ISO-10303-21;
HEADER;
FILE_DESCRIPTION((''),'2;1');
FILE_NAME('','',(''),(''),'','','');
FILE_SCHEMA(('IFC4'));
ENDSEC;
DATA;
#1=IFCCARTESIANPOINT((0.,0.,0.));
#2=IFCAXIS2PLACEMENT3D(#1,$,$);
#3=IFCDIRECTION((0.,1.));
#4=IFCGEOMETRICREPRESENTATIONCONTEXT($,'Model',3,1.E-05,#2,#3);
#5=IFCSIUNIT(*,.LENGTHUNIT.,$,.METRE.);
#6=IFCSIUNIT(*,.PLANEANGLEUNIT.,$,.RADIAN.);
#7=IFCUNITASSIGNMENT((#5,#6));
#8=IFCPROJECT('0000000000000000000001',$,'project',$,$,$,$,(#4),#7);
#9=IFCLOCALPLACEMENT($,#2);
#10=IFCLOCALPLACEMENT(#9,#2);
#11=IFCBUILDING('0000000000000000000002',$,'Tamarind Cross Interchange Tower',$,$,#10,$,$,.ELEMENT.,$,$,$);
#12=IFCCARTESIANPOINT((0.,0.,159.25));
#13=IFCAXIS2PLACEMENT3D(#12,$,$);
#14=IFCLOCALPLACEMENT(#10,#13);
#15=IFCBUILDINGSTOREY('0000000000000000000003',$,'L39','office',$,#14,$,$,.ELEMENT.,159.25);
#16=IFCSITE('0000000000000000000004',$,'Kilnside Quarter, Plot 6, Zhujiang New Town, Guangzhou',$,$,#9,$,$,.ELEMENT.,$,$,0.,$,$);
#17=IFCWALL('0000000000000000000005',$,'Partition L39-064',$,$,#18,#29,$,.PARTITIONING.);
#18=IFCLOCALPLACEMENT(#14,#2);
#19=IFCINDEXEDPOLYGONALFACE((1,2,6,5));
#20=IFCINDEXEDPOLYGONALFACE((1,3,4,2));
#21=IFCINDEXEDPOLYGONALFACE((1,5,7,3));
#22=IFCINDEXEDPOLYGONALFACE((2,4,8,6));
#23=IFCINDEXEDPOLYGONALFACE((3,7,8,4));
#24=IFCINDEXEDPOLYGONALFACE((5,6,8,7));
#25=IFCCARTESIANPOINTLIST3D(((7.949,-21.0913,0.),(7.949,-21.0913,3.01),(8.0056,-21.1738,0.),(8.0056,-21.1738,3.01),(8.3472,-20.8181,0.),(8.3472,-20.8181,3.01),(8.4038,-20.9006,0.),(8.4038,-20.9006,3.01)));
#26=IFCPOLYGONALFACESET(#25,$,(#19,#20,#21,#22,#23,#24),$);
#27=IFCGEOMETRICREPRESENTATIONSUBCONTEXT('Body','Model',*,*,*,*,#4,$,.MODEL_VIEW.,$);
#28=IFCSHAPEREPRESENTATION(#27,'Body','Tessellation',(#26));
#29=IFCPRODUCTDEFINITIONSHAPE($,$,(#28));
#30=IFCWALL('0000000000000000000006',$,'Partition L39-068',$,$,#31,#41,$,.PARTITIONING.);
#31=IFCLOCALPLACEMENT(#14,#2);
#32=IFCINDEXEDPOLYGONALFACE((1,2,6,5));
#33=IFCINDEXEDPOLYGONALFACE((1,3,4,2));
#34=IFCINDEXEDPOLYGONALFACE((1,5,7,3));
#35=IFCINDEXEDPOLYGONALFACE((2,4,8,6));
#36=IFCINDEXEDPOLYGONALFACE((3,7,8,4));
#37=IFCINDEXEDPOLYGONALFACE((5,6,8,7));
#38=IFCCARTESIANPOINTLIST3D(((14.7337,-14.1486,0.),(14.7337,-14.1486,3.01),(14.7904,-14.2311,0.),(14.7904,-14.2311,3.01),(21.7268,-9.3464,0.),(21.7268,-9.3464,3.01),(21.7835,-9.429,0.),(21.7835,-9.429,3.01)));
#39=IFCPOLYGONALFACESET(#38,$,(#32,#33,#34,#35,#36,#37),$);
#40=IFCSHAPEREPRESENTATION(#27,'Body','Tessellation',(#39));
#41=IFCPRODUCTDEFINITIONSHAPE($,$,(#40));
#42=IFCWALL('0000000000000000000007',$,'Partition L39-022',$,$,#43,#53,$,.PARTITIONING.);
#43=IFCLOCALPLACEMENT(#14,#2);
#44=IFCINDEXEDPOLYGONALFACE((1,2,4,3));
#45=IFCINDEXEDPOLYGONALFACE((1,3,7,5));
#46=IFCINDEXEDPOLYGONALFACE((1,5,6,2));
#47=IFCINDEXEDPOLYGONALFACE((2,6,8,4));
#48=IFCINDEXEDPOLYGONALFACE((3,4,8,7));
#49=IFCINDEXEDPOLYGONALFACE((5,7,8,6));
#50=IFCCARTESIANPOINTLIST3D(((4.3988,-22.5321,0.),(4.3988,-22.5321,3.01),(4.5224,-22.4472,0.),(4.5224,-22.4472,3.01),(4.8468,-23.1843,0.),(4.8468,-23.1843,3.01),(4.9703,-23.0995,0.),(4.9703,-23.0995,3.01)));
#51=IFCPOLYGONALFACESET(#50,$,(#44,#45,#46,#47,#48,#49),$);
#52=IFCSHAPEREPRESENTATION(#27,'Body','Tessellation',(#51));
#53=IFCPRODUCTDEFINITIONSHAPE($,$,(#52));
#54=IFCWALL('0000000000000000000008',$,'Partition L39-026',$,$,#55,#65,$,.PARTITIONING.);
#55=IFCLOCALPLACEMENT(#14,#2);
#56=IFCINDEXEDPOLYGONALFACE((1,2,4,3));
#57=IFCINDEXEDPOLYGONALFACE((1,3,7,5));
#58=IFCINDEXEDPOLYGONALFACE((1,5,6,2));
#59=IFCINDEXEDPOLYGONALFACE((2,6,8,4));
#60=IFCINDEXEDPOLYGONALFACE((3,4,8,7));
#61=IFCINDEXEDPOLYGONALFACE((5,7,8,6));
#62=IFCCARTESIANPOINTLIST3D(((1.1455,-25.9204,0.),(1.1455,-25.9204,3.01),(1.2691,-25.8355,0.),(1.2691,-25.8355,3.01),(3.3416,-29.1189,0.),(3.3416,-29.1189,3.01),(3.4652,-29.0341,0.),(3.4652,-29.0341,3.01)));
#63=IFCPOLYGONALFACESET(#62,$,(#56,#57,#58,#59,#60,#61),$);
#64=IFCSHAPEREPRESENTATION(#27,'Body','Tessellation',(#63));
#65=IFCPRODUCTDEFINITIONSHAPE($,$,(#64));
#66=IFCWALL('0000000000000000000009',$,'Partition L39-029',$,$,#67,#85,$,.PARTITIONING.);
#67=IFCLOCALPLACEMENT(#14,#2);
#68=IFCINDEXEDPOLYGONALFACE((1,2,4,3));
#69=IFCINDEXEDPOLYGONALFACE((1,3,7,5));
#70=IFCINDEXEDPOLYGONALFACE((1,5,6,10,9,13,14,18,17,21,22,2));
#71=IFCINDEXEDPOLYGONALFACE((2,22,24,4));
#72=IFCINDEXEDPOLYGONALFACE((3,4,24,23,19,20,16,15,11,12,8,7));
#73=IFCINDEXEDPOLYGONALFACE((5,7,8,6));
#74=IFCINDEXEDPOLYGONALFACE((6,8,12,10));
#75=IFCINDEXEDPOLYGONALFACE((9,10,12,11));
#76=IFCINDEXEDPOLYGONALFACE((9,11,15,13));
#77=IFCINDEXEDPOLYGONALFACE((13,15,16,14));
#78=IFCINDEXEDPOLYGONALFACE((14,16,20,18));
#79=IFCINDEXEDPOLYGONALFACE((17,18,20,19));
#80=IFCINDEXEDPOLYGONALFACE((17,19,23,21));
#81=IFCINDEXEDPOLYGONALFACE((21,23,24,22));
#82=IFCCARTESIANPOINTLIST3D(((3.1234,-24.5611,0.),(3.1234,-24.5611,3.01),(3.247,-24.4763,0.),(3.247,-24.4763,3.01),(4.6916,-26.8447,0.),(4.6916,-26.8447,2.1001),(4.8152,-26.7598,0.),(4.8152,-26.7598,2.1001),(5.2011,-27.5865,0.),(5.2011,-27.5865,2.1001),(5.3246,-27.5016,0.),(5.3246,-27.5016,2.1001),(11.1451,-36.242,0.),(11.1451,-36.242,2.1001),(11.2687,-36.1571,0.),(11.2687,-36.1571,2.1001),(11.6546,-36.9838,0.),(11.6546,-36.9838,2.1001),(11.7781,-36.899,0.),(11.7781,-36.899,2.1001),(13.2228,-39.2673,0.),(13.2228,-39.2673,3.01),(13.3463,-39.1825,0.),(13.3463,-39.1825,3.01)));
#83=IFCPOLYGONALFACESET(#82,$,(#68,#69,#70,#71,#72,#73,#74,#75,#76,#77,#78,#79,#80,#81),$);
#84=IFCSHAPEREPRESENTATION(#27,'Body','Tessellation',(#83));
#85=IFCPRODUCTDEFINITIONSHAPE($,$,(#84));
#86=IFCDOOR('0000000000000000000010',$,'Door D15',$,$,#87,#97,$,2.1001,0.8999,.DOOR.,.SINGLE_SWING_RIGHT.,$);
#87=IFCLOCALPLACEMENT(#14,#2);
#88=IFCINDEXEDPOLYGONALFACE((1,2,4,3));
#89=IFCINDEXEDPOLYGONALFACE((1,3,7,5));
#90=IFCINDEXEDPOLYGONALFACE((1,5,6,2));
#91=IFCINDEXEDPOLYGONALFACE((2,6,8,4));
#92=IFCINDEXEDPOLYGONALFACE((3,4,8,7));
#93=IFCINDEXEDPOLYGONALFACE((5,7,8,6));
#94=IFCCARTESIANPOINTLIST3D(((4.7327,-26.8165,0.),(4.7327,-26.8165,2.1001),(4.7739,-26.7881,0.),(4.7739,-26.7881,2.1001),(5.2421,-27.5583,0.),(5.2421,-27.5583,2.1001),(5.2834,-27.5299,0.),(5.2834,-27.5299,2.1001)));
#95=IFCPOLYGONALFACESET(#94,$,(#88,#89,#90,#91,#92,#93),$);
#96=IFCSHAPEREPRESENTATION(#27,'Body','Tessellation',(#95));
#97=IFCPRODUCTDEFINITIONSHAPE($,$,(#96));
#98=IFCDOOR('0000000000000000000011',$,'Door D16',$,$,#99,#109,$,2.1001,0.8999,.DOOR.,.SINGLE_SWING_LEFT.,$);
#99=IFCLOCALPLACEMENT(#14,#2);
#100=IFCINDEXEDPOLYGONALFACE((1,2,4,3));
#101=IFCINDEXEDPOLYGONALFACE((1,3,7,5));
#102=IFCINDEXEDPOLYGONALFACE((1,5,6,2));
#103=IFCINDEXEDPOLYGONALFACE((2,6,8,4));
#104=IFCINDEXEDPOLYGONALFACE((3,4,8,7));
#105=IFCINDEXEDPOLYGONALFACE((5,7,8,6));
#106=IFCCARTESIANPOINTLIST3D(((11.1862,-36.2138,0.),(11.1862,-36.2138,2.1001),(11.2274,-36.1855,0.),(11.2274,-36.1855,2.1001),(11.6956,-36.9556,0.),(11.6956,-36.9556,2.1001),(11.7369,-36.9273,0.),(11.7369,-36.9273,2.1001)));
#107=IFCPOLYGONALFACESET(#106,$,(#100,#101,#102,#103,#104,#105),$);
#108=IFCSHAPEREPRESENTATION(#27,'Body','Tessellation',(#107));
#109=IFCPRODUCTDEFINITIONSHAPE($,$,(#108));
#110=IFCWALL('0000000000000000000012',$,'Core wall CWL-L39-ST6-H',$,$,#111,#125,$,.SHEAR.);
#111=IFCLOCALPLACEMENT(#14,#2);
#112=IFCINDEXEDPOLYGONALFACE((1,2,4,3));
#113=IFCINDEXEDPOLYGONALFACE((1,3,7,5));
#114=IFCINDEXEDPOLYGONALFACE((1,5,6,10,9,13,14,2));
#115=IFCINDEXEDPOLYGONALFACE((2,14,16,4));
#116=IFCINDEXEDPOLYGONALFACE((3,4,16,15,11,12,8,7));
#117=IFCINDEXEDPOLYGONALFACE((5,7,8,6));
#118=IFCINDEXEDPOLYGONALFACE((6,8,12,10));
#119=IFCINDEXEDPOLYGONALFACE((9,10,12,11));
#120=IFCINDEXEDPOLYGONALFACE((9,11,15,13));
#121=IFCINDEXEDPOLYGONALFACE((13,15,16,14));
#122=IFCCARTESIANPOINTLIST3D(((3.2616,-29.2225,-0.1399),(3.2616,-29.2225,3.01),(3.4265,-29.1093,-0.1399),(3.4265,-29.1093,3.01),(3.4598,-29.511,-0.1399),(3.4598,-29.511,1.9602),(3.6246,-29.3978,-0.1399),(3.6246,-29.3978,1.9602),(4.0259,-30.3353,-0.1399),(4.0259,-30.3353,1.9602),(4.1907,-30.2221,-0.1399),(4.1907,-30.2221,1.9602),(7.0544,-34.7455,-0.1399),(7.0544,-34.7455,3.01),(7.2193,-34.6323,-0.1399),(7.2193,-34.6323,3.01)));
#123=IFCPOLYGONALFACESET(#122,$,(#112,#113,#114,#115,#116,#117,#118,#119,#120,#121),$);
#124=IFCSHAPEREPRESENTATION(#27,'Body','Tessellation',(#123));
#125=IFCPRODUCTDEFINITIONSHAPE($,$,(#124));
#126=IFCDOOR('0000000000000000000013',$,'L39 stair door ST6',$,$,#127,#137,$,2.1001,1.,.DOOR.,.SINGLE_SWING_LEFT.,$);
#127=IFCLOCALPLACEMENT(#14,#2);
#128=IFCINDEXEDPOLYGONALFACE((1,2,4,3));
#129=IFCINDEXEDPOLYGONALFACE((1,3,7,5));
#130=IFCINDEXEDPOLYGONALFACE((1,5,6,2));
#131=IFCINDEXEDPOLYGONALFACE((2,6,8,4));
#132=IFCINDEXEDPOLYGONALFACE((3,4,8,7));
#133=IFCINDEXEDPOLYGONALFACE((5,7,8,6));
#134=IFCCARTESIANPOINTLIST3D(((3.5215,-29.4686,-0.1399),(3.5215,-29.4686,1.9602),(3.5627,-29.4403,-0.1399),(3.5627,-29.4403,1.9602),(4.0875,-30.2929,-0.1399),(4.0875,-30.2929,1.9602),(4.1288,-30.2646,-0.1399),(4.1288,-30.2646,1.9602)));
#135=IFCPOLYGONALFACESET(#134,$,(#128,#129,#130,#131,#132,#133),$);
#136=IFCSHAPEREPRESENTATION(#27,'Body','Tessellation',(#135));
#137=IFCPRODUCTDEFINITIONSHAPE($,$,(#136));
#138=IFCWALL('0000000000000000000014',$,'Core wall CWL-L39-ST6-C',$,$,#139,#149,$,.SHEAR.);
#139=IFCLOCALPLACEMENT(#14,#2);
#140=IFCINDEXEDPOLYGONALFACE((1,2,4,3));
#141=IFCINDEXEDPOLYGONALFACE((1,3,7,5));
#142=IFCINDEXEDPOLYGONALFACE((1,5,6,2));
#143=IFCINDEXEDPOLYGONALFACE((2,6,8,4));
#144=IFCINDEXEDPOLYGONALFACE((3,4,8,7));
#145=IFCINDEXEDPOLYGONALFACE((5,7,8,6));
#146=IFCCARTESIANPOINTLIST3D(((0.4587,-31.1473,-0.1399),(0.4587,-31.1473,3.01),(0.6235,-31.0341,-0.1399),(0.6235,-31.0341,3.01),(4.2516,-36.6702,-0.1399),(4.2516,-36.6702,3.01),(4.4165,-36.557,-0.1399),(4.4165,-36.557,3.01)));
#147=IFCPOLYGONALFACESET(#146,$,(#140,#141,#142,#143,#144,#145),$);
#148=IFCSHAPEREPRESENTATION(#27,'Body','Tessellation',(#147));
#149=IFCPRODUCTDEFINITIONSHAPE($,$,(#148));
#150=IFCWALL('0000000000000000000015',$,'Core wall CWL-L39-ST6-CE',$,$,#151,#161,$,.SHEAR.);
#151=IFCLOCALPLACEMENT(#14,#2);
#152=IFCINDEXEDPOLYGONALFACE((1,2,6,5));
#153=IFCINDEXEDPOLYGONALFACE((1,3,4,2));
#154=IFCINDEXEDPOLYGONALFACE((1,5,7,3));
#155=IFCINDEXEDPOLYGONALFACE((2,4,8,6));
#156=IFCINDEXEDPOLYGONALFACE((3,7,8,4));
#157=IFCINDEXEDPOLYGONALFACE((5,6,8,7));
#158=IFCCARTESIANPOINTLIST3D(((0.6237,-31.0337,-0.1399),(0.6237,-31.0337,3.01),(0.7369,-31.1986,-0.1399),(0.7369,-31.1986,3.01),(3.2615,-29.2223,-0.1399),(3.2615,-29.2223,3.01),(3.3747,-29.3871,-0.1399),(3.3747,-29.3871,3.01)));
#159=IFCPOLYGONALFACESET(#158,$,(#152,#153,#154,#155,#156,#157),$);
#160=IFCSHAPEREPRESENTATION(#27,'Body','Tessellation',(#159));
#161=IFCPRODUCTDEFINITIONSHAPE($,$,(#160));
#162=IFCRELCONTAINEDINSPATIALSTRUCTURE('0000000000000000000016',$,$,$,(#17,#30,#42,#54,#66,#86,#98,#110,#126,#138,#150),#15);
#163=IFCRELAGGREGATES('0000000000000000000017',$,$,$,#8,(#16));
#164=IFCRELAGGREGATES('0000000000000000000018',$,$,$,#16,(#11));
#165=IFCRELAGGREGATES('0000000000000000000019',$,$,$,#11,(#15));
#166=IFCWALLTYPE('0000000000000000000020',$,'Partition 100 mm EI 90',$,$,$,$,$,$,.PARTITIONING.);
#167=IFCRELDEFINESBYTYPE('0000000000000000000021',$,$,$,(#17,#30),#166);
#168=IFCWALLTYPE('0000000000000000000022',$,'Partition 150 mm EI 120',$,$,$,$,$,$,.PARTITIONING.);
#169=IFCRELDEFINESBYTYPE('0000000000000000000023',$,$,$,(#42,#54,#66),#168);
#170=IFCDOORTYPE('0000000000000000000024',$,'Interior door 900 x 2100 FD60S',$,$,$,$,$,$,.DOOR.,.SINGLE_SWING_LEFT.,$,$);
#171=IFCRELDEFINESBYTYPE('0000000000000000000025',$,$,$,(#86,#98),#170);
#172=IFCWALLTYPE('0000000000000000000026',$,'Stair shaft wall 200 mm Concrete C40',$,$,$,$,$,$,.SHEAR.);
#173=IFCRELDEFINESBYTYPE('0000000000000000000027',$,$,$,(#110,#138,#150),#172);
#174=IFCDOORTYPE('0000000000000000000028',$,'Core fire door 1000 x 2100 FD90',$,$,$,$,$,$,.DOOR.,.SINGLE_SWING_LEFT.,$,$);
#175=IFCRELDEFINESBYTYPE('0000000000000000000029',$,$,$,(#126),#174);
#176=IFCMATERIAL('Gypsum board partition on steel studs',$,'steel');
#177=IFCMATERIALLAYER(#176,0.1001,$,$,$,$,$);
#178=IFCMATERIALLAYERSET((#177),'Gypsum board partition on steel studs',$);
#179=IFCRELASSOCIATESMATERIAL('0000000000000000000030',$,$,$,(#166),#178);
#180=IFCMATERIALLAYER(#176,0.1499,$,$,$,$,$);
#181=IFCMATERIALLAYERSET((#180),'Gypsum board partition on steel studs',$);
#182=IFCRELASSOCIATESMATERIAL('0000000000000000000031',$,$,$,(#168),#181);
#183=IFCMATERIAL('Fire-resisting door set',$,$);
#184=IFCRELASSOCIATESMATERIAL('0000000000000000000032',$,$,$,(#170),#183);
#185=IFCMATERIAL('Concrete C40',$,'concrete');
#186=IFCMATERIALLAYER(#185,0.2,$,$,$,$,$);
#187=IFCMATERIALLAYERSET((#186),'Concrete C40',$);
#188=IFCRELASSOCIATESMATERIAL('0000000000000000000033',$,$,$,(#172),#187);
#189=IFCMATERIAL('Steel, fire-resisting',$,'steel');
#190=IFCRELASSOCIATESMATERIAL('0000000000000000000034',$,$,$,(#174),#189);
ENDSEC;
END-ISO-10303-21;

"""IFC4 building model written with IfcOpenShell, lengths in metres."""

from ifc_helpers import new_model, si_unit, direction, frame, frame_2d, origin, place, context, subcontext, project, spatial, rectangle, extrude, material, layer, layer_set, type_object, element, fill, save


model = new_model("IFC4")

# Units and contexts
model_context = context("Model", 3, precision=1e-05, world=origin(), true_north=direction((0.0, 1.0)))
body_context = subcontext(model_context, "Body", "Model", "MODEL_VIEW")
ifc_project = project(units=[si_unit("LENGTHUNIT", "METRE"), si_unit("PLANEANGLEUNIT", "RADIAN")], contexts=[model_context])

# Site, building, storey
site_placement = place(None, origin())
site = spatial("IfcSite", under=ifc_project, at=site_placement, Name="Kilnside Quarter, Plot 6, Zhujiang New Town, Guangzhou", CompositionType="ELEMENT", RefElevation=0.0)
building_placement = place(site_placement, origin())
building = spatial("IfcBuilding", under=site, at=building_placement, Name="Tamarind Cross Interchange Tower", CompositionType="ELEMENT")
storey_placement = place(building_placement, frame((0.0, 0.0, 159.25)))
storey = spatial("IfcBuildingStorey", under=building, at=storey_placement, Name="L39", Description="office", CompositionType="ELEMENT", Elevation=159.25)

# Walls
ifc_material_1 = material(Name="Gypsum board partition on steel studs", Category="steel")
ifc_layer_1 = layer(ifc_material_1, 0.1001)
ifc_layer_set_1 = layer_set([ifc_layer_1], Name="Gypsum board partition on steel studs")
wall_type_1 = type_object("IfcWallType", Name="Partition 100 mm EI 90", PredefinedType="PARTITIONING", material=ifc_layer_set_1)
wall_1_placement = place(storey_placement, frame((7.9773, -21.1326, 0.0), z_axis=(0.0, 0.0, 1.0), x_axis=(0.824587, 0.565735, 0.0)))
element("IfcWall", 1, at=wall_1_placement, inside=storey, type_object=wall_type_1, Name="Partition L39-064", PredefinedType="PARTITIONING", context=body_context, shape_type="SweptSolid", body=[
    extrude(rectangle(XDim=0.4829, YDim=0.1001, at=frame_2d((0.2415, 0.0))), origin(), (0.0, 0.0, 1.0), 3.01),
])
wall_2_placement = place(storey_placement, frame((14.762, -14.1899, 0.0), z_axis=(0.0, 0.0, 1.0), x_axis=(0.824347, 0.566084, 0.0)))
element("IfcWall", 2, at=wall_2_placement, inside=storey, type_object=wall_type_1, Name="Partition L39-068", PredefinedType="PARTITIONING", context=body_context, shape_type="SweptSolid", body=[
    extrude(rectangle(XDim=8.4832, YDim=0.1001, at=frame_2d((4.2417, 0.0))), origin(), (0.0, 0.0, 1.0), 3.01),
])
ifc_layer_2 = layer(ifc_material_1, 0.1499)
ifc_layer_set_2 = layer_set([ifc_layer_2], Name="Gypsum board partition on steel studs")
wall_type_2 = type_object("IfcWallType", Name="Partition 150 mm EI 120", PredefinedType="PARTITIONING", material=ifc_layer_set_2)
wall_3_placement = place(storey_placement, frame((4.4607, -22.4897, 0.0), z_axis=(0.0, 0.0, 1.0), x_axis=(0.56611, -0.82433, 0.0)))
element("IfcWall", 3, at=wall_3_placement, inside=storey, type_object=wall_type_2, Name="Partition L39-022", PredefinedType="PARTITIONING", context=body_context, shape_type="SweptSolid", body=[
    extrude(rectangle(XDim=0.7913, YDim=0.1499, at=frame_2d((0.3955, 0.0))), origin(), (0.0, 0.0, 1.0), 3.01),
])
wall_4_placement = place(storey_placement, frame((1.2073, -25.8779, 0.0), z_axis=(0.0, 0.0, 1.0), x_axis=(0.566019, -0.824392, 0.0)))
element("IfcWall", 4, at=wall_4_placement, inside=storey, type_object=wall_type_2, Name="Partition L39-026", PredefinedType="PARTITIONING", context=body_context, shape_type="SweptSolid", body=[
    extrude(rectangle(XDim=3.8799, YDim=0.1499, at=frame_2d((1.9399, 0.0))), origin(), (0.0, 0.0, 1.0), 3.01),
])

# Wall, openings, doors
wall_5_placement = place(storey_placement, frame((3.1853, -24.5188, 0.0), z_axis=(0.0, 0.0, 1.0), x_axis=(0.566102, -0.824335, 0.0)))
wall_5 = element("IfcWall", 5, at=wall_5_placement, inside=storey, type_object=wall_type_2, Name="Partition L39-029", PredefinedType="PARTITIONING", context=body_context, shape_type="SweptSolid", body=[
    extrude(rectangle(XDim=17.8401, YDim=0.1499, at=frame_2d((8.9199, 0.0))), origin(), (0.0, 0.0, 1.0), 3.01),
])
opening_1_placement = place(wall_5_placement, frame((2.77, 0.0, 0.0)))
opening_1 = element("IfcOpeningElement", 6, at=opening_1_placement, cuts=wall_5, PredefinedType="OPENING", context=body_context, shape_type="SweptSolid", body=[
    extrude(rectangle(XDim=0.8999, YDim=2.1001, at=frame_2d((0.45, 1.05))), frame((0.0, 0.085, 0.0), z_axis=(0.0, -1.0, 0.0), x_axis=(1.0, 0.0, 0.0)), (0.0, 0.0, 1.0), 0.1699),
])
opening_2_placement = place(wall_5_placement, frame((14.1699, 0.0, 0.0)))
opening_2 = element("IfcOpeningElement", 7, at=opening_2_placement, cuts=wall_5, PredefinedType="OPENING", context=body_context, shape_type="SweptSolid", body=[
    extrude(rectangle(XDim=0.8999, YDim=2.1001, at=frame_2d((0.45, 1.05))), frame((0.0, 0.085, 0.0), z_axis=(0.0, -1.0, 0.0), x_axis=(1.0, 0.0, 0.0)), (0.0, 0.0, 1.0), 0.1699),
])
ifc_material_2 = material(Name="Fire-resisting door set")
door_type_1 = type_object("IfcDoorType", Name="Interior door 900 x 2100 FD60S", OperationType="SINGLE_SWING_LEFT", PredefinedType="DOOR", material=ifc_material_2)
door_1_placement = place(opening_1_placement, origin())
door_1 = element("IfcDoor", 8, at=door_1_placement, inside=storey, type_object=door_type_1, Name="Door D15", OperationType="SINGLE_SWING_RIGHT", OverallHeight=2.1001, OverallWidth=0.8999, PredefinedType="DOOR", context=body_context, shape_type="SweptSolid", body=[
    extrude(rectangle(XDim=0.8999, YDim=2.1001, at=frame_2d((0.45, 1.05))), frame((0.0, 0.0249, 0.0), z_axis=(0.0, -1.0, 0.0), x_axis=(1.0, 0.0, 0.0)), (0.0, 0.0, 1.0), 0.05),
])
fill(opening_1, door_1)
door_2_placement = place(opening_2_placement, origin())
door_2 = element("IfcDoor", 9, at=door_2_placement, inside=storey, type_object=door_type_1, Name="Door D16", OperationType="SINGLE_SWING_LEFT", OverallHeight=2.1001, OverallWidth=0.8999, PredefinedType="DOOR", context=body_context, shape_type="SweptSolid", body=[
    extrude(rectangle(XDim=0.8999, YDim=2.1001, at=frame_2d((0.45, 1.05))), frame((0.0, 0.0249, 0.0), z_axis=(0.0, -1.0, 0.0), x_axis=(1.0, 0.0, 0.0)), (0.0, 0.0, 1.0), 0.05),
])
fill(opening_2, door_2)

# Wall, opening, door
ifc_material_3 = material(Name="Concrete C40", Category="concrete")
ifc_layer_3 = layer(ifc_material_3, 0.2)
ifc_layer_set_3 = layer_set([ifc_layer_3], Name="Concrete C40")
wall_type_3 = type_object("IfcWallType", Name="Stair shaft wall 200 mm Concrete C40", PredefinedType="SHEAR", material=ifc_layer_set_3)
wall_6_placement = place(storey_placement, frame((3.344, -29.1658, -0.1399), z_axis=(0.0, 0.0, 1.0), x_axis=(0.566093, -0.824342, 0.0)))
wall_6 = element("IfcWall", 10, at=wall_6_placement, inside=storey, type_object=wall_type_3, Name="Core wall CWL-L39-ST6-H", PredefinedType="SHEAR", context=body_context, shape_type="SweptSolid", body=[
    extrude(rectangle(XDim=6.7, YDim=0.2, at=frame_2d((3.3501, 0.0))), origin(), (0.0, 0.0, 1.0), 3.1499),
])
opening_3_placement = place(wall_6_placement, frame((0.3501, 0.0, 0.0)))
opening_3 = element("IfcOpeningElement", 11, at=opening_3_placement, cuts=wall_6, PredefinedType="OPENING", context=body_context, shape_type="SweptSolid", body=[
    extrude(rectangle(XDim=1.0, YDim=2.1001, at=frame_2d((0.5, 1.05))), frame((0.0, 0.1099, 0.0), z_axis=(0.0, -1.0, 0.0), x_axis=(1.0, 0.0, 0.0)), (0.0, 0.0, 1.0), 0.22),
])
ifc_material_4 = material(Name="Steel, fire-resisting", Category="steel")
door_type_2 = type_object("IfcDoorType", Name="Core fire door 1000 x 2100 FD90", OperationType="SINGLE_SWING_LEFT", PredefinedType="DOOR", material=ifc_material_4)
door_3_placement = place(opening_3_placement, origin())
door_3 = element("IfcDoor", 12, at=door_3_placement, inside=storey, type_object=door_type_2, Name="L39 stair door ST6", OperationType="SINGLE_SWING_LEFT", OverallHeight=2.1001, OverallWidth=1.0, PredefinedType="DOOR", context=body_context, shape_type="SweptSolid", body=[
    extrude(rectangle(XDim=1.0, YDim=2.1001, at=frame_2d((0.5, 1.05))), frame((0.0, 0.0249, 0.0), z_axis=(0.0, -1.0, 0.0), x_axis=(1.0, 0.0, 0.0)), (0.0, 0.0, 1.0), 0.05),
])
fill(opening_3, door_3)

# Walls
wall_7_placement = place(storey_placement, frame((0.541, -31.0906, -0.1399), z_axis=(0.0, 0.0, 1.0), x_axis=(0.566117, -0.824325, 0.0)))
element("IfcWall", 13, at=wall_7_placement, inside=storey, type_object=wall_type_3, Name="Core wall CWL-L39-ST6-C", PredefinedType="SHEAR", context=body_context, shape_type="SweptSolid", body=[
    extrude(rectangle(XDim=6.7, YDim=0.2, at=frame_2d((3.3501, 0.0))), origin(), (0.0, 0.0, 1.0), 3.1499),
])
wall_8_placement = place(storey_placement, frame((0.6802, -31.1162, -0.1399), z_axis=(0.0, 0.0, 1.0), x_axis=(0.824342, 0.566092, 0.0)))
element("IfcWall", 14, at=wall_8_placement, inside=storey, type_object=wall_type_3, Name="Core wall CWL-L39-ST6-CE", PredefinedType="SHEAR", context=body_context, shape_type="SweptSolid", body=[
    extrude(rectangle(XDim=3.2, YDim=0.2, at=frame_2d((1.6001, 0.0))), origin(), (0.0, 0.0, 1.0), 3.1499),
])

save(model, "model.ifc")
